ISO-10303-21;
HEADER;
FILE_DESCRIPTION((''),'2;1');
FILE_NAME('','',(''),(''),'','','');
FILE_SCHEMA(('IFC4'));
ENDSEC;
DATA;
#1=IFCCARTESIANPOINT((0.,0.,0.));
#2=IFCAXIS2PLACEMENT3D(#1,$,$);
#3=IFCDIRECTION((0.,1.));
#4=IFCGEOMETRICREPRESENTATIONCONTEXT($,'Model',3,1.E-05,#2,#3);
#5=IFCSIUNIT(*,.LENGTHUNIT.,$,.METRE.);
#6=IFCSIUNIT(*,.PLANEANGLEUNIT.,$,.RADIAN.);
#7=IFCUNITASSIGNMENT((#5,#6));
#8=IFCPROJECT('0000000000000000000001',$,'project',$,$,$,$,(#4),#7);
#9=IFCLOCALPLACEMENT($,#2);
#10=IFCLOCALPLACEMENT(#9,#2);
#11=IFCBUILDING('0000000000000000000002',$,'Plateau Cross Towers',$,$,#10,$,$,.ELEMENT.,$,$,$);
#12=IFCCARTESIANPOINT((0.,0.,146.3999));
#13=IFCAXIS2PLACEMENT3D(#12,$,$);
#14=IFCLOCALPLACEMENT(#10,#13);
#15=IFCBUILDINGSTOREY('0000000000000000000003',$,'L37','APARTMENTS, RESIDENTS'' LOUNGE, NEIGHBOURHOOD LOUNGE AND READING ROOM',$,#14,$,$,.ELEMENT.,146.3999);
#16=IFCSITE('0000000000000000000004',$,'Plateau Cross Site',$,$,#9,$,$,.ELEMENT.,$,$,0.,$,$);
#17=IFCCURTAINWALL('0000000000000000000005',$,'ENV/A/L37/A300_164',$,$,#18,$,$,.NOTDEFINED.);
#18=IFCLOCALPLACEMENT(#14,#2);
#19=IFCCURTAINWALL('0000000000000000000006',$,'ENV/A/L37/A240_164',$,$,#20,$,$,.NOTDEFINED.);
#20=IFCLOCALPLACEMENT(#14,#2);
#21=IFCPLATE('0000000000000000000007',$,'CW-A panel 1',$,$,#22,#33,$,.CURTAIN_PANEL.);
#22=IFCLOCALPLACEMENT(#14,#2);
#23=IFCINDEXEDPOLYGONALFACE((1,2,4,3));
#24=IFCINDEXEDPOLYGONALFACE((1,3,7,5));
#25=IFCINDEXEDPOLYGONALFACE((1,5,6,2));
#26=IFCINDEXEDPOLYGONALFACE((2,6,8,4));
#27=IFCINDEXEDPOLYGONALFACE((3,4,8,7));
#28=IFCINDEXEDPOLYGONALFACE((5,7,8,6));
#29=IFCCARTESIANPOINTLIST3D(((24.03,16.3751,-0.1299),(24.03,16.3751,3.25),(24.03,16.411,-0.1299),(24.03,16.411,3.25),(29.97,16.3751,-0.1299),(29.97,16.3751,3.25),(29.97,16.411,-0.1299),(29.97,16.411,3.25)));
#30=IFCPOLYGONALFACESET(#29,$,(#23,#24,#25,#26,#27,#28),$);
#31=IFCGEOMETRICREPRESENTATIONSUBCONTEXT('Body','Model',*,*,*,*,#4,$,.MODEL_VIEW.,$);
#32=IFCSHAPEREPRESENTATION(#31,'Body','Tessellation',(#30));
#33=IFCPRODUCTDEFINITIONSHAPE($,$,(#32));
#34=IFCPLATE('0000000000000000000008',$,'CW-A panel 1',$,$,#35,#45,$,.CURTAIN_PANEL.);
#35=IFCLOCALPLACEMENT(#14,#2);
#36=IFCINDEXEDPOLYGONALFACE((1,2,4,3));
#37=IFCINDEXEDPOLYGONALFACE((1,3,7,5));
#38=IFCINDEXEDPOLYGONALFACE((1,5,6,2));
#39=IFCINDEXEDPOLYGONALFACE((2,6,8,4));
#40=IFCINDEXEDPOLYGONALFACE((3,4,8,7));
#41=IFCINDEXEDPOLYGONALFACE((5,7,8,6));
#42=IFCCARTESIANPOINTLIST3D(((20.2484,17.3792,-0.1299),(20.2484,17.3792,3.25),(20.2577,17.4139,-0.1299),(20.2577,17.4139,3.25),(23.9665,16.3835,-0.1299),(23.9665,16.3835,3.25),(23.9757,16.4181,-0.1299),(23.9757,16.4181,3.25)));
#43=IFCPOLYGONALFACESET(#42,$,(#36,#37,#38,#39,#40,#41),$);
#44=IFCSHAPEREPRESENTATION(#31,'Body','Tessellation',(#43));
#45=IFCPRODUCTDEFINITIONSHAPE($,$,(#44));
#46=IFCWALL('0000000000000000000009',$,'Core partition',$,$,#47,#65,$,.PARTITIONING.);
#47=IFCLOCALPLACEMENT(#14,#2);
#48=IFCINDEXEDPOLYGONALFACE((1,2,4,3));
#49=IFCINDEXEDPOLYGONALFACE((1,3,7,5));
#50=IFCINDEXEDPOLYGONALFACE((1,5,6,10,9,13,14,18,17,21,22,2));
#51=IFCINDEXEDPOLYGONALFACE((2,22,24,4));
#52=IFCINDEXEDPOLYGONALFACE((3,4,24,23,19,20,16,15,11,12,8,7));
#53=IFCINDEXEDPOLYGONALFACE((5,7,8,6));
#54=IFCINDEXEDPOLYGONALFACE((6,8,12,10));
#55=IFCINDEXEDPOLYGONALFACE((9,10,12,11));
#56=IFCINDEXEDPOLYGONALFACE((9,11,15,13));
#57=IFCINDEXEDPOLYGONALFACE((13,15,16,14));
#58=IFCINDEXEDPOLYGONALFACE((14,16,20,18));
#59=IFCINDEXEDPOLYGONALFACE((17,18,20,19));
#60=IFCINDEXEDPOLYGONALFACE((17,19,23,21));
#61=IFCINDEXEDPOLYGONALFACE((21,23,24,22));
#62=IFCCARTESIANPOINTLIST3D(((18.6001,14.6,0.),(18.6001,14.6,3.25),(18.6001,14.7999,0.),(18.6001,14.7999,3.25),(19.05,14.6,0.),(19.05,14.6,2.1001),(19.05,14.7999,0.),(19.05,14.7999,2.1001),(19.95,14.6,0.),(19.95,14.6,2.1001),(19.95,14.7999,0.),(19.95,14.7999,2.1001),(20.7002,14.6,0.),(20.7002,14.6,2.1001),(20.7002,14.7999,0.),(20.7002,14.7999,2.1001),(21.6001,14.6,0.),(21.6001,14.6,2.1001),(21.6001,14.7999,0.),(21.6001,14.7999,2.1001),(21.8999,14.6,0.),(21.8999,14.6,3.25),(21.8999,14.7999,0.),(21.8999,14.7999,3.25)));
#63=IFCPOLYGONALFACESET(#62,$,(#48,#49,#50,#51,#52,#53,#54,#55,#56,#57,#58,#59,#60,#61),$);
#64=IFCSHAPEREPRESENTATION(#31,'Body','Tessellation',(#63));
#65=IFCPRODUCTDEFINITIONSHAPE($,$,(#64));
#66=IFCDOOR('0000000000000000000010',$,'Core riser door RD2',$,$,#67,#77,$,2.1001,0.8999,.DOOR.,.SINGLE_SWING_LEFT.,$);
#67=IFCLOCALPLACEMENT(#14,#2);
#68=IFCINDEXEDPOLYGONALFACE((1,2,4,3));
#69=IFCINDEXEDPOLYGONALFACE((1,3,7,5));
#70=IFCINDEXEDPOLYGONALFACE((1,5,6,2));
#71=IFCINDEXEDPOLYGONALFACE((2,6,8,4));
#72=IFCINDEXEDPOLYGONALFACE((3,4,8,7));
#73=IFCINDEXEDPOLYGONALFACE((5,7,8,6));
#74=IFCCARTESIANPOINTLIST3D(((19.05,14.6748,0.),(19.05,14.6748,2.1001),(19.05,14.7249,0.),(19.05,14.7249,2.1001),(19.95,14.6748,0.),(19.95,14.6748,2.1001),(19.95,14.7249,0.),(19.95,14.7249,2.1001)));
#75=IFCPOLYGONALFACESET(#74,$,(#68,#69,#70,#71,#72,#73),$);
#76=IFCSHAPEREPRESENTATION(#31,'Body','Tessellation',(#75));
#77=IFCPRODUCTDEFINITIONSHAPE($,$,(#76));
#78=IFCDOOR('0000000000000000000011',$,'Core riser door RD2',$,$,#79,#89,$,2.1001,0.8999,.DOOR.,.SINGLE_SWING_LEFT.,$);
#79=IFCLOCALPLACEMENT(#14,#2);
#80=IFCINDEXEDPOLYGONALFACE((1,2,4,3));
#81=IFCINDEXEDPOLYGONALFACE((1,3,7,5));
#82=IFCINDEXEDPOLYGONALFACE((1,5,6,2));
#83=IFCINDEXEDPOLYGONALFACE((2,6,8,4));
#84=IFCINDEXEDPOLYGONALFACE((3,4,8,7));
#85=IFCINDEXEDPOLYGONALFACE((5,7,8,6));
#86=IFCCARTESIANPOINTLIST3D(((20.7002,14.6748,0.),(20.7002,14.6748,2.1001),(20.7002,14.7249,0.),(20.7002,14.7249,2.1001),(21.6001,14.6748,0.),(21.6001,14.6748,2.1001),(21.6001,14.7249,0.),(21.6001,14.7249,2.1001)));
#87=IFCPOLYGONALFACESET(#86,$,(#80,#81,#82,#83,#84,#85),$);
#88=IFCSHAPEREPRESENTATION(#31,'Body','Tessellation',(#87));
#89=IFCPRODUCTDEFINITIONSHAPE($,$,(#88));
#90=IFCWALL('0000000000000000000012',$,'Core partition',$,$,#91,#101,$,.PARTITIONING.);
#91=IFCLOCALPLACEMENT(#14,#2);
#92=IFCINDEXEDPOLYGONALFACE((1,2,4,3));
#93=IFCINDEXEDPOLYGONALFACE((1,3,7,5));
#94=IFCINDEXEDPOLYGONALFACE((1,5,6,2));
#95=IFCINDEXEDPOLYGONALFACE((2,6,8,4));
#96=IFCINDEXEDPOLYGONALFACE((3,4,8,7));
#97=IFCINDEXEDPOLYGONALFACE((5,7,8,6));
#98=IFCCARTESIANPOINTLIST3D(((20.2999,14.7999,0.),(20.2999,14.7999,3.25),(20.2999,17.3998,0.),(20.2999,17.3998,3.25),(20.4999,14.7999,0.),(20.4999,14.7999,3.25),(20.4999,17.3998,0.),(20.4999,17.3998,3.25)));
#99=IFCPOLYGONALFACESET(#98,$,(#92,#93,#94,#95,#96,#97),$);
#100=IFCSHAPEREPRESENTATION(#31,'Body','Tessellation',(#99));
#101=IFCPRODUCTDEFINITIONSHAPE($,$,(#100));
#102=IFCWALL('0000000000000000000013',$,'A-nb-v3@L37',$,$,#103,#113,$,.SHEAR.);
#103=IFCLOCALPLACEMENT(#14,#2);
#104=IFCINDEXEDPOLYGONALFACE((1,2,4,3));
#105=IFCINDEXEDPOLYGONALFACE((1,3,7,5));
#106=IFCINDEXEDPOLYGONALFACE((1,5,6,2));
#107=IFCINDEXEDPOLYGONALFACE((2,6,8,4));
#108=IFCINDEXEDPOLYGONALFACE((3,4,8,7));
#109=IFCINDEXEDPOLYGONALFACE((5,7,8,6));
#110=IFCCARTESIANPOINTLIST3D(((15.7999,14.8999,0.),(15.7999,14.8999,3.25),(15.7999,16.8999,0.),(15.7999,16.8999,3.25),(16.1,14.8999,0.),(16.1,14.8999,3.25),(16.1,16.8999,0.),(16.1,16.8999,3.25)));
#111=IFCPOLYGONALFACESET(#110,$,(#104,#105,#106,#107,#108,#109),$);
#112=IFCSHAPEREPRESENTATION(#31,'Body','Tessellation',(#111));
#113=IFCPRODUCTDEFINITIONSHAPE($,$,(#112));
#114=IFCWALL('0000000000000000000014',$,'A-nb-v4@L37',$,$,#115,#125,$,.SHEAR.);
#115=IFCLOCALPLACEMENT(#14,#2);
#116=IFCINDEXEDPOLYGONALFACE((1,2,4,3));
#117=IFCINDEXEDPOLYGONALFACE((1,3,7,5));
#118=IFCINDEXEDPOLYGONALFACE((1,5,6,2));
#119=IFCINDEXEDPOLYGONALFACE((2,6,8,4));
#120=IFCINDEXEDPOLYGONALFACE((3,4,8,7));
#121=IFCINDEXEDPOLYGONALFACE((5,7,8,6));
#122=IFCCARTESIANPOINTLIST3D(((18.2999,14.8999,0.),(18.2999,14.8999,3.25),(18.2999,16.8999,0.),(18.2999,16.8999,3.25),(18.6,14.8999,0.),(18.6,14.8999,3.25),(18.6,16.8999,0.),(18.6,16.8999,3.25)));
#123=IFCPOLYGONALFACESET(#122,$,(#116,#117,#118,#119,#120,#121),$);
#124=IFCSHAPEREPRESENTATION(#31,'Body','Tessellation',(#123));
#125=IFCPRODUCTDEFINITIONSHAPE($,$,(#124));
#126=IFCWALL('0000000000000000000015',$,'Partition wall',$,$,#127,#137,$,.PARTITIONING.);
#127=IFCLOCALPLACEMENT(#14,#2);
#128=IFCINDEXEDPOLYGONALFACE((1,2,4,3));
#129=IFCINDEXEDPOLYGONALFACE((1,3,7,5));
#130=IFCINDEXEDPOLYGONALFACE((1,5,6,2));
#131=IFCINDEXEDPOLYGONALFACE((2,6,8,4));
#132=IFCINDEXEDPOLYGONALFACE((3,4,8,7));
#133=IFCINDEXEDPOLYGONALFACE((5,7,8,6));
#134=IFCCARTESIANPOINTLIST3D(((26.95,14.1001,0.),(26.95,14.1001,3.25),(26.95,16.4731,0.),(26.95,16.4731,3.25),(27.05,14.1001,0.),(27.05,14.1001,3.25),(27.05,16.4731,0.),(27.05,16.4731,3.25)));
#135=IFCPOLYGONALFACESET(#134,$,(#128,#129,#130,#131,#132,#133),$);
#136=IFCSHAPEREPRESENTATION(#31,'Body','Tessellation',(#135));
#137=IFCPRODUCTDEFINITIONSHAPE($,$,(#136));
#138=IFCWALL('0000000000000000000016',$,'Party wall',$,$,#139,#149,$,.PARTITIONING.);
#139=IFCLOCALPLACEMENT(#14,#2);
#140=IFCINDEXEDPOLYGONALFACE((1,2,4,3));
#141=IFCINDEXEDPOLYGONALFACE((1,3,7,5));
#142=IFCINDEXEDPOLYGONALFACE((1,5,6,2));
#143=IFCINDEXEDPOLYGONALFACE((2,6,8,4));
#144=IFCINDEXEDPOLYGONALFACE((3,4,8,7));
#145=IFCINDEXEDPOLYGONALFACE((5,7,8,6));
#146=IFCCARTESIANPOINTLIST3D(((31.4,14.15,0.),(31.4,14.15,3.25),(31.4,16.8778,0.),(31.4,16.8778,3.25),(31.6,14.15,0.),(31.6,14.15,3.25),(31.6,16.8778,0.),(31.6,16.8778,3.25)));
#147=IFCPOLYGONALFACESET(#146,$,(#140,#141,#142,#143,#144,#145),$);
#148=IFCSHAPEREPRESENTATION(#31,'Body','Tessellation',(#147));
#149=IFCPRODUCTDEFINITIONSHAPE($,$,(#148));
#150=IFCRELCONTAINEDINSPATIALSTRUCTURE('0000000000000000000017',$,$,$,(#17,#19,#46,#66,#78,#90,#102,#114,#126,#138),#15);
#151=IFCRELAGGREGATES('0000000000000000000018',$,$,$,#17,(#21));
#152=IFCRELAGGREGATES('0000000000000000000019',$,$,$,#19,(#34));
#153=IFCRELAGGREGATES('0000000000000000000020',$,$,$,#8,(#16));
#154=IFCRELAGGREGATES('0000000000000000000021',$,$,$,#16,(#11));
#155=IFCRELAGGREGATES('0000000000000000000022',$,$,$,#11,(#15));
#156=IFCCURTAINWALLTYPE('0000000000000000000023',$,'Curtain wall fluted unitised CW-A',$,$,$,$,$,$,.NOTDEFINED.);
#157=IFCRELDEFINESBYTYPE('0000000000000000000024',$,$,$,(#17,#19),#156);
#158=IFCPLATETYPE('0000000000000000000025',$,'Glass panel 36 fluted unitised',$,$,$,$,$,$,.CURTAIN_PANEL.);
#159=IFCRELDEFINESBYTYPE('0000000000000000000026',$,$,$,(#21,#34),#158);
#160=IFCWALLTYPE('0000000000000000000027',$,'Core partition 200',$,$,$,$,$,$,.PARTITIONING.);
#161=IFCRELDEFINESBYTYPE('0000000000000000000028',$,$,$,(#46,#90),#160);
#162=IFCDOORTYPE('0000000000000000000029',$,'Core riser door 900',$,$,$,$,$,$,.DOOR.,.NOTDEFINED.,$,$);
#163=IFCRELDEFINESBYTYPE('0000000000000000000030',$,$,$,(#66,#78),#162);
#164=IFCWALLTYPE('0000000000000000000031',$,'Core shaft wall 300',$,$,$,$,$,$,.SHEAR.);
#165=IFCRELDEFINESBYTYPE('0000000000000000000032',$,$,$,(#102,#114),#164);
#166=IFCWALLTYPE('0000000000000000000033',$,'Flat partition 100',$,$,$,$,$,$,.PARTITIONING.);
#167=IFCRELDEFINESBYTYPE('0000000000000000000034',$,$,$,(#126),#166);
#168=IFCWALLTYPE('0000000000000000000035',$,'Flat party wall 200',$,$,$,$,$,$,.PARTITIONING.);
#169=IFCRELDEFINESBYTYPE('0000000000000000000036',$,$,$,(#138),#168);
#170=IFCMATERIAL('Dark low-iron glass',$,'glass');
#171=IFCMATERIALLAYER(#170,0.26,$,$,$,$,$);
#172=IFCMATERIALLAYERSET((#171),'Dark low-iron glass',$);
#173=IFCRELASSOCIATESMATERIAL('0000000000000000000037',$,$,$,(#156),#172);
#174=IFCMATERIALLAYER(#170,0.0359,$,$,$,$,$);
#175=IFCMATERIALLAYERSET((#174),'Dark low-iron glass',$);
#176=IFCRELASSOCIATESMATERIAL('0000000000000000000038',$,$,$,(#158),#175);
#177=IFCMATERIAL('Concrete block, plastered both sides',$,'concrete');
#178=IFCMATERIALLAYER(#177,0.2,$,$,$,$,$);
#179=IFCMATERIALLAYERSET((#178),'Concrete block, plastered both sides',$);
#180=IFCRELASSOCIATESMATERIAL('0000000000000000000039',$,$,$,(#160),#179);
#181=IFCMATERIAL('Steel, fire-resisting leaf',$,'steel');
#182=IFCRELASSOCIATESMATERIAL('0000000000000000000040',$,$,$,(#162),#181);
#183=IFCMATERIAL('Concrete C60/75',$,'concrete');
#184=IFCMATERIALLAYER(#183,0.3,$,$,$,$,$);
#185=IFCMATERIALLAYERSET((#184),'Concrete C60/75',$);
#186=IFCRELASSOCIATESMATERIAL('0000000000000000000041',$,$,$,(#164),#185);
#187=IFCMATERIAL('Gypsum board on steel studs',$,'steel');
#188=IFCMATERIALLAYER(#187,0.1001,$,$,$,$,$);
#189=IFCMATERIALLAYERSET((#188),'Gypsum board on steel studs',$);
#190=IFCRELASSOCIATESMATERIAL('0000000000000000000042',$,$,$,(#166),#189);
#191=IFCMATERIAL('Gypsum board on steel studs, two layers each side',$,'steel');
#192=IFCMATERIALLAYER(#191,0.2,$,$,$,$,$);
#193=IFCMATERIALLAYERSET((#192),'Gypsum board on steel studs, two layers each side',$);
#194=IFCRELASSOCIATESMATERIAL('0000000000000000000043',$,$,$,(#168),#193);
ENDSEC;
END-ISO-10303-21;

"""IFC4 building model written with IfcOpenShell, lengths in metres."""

from ifc_helpers import new_model, si_unit, direction, frame, frame_2d, origin, origin_2d, place, context, subcontext, project, spatial, rectangle, extrude, material, layer, layer_set, type_object, element, fill, aggregate, save


model = new_model("IFC4")

# Units and contexts
model_context = context("Model", 3, precision=1e-05, world=origin(), true_north=direction((0.0, 1.0)))
body_context = subcontext(model_context, "Body", "Model", "MODEL_VIEW")
ifc_project = project(units=[si_unit("LENGTHUNIT", "METRE"), si_unit("PLANEANGLEUNIT", "RADIAN")], contexts=[model_context])

# Site, building, storey
site_placement = place(None, origin())
site = spatial("IfcSite", under=ifc_project, at=site_placement, Name="Plateau Cross Site", CompositionType="ELEMENT", RefElevation=0.0)
building_placement = place(site_placement, origin())
building = spatial("IfcBuilding", under=site, at=building_placement, Name="Plateau Cross Towers", CompositionType="ELEMENT")
storey_placement = place(building_placement, frame((0.0, 0.0, 146.3999)))
storey = spatial("IfcBuildingStorey", under=building, at=storey_placement, Name="L37", Description="APARTMENTS, RESIDENTS' LOUNGE, NEIGHBOURHOOD LOUNGE AND READING ROOM", CompositionType="ELEMENT", Elevation=146.3999)

# Shared definitions
ifc_material_1 = material(Name="Concrete C60/75", Category="concrete")

# Curtain walls
ifc_material_2 = material(Name="Dark low-iron glass", Category="glass")
ifc_layer_1 = layer(ifc_material_2, 0.26)
ifc_layer_set_1 = layer_set([ifc_layer_1], Name="Dark low-iron glass")
curtain_wall_type_1 = type_object("IfcCurtainWallType", Name="Curtain wall fluted unitised CW-A", PredefinedType="NOTDEFINED", material=ifc_layer_set_1)
curtain_wall_1_placement = place(storey_placement, origin())
curtain_wall_1 = element("IfcCurtainWall", 1, at=curtain_wall_1_placement, inside=storey, type_object=curtain_wall_type_1, Name="ENV/A/L37/A300_164", PredefinedType="NOTDEFINED")
curtain_wall_2_placement = place(storey_placement, origin())
curtain_wall_2 = element("IfcCurtainWall", 2, at=curtain_wall_2_placement, inside=storey, type_object=curtain_wall_type_1, Name="ENV/A/L37/A240_164", PredefinedType="NOTDEFINED")

# Plates
ifc_layer_2 = layer(ifc_material_2, 0.0359)
ifc_layer_set_2 = layer_set([ifc_layer_2], Name="Dark low-iron glass")
plate_type_1 = type_object("IfcPlateType", Name="Glass panel 36 fluted unitised", PredefinedType="CURTAIN_PANEL", material=ifc_layer_set_2)
plate_1_placement = place(storey_placement, frame((27.0, 16.3931, -0.1299), z_axis=(0.0, 0.0, 1.0), x_axis=(-1.0, 0.0, 0.0)))
plate_1 = element("IfcPlate", 3, at=plate_1_placement, type_object=plate_type_1, Name="CW-A panel 1", PredefinedType="CURTAIN_PANEL", context=body_context, shape_type="SweptSolid", body=[
    extrude(rectangle(XDim=5.9399, YDim=0.0359, at=origin_2d()), origin(), (0.0, 0.0, 1.0), 3.3799),
])
aggregate(curtain_wall_1, [plate_1])
plate_2_placement = place(storey_placement, frame((22.1121, 16.8987, -0.1299), z_axis=(0.0, 0.0, 1.0), x_axis=(-0.965958, 0.258699, 0.0)))
plate_2 = element("IfcPlate", 4, at=plate_2_placement, type_object=plate_type_1, Name="CW-A panel 1", PredefinedType="CURTAIN_PANEL", context=body_context, shape_type="SweptSolid", body=[
    extrude(rectangle(XDim=3.8491, YDim=0.0359, at=origin_2d()), origin(), (0.0, 0.0, 1.0), 3.3799),
])
aggregate(curtain_wall_2, [plate_2])

# Wall, openings, doors
ifc_material_3 = material(Name="Concrete block, plastered both sides", Category="concrete")
ifc_layer_3 = layer(ifc_material_3, 0.2)
ifc_layer_set_3 = layer_set([ifc_layer_3], Name="Concrete block, plastered both sides")
wall_type_1 = type_object("IfcWallType", Name="Core partition 200", PredefinedType="PARTITIONING", material=ifc_layer_set_3)
wall_1_placement = place(storey_placement, frame((18.6001, 14.7, 0.0), z_axis=(0.0, 0.0, 1.0), x_axis=(1.0, 0.0, 0.0)))
wall_1 = element("IfcWall", 5, at=wall_1_placement, inside=storey, type_object=wall_type_1, Name="Core partition", PredefinedType="PARTITIONING", context=body_context, shape_type="SweptSolid", body=[
    extrude(rectangle(XDim=3.2998, YDim=0.2, at=frame_2d((1.6499, 0.0))), origin(), (0.0, 0.0, 1.0), 3.25),
])
opening_1_placement = place(wall_1_placement, frame((0.45, 0.0, 0.0)))
opening_1 = element("IfcOpeningElement", 6, at=opening_1_placement, cuts=wall_1, PredefinedType="OPENING", context=body_context, shape_type="SweptSolid", body=[
    extrude(rectangle(XDim=0.8999, YDim=2.1001, at=frame_2d((0.45, 1.05))), frame((0.0, 0.1099, 0.0), z_axis=(0.0, -1.0, 0.0), x_axis=(1.0, 0.0, 0.0)), (0.0, 0.0, 1.0), 0.22),
])
opening_2_placement = place(wall_1_placement, frame((2.1001, 0.0, 0.0)))
opening_2 = element("IfcOpeningElement", 7, at=opening_2_placement, cuts=wall_1, PredefinedType="OPENING", context=body_context, shape_type="SweptSolid", body=[
    extrude(rectangle(XDim=0.8999, YDim=2.1001, at=frame_2d((0.45, 1.05))), frame((0.0, 0.1099, 0.0), z_axis=(0.0, -1.0, 0.0), x_axis=(1.0, 0.0, 0.0)), (0.0, 0.0, 1.0), 0.22),
])
ifc_material_4 = material(Name="Steel, fire-resisting leaf", Category="steel")
door_type = type_object("IfcDoorType", Name="Core riser door 900", OperationType="NOTDEFINED", PredefinedType="DOOR", material=ifc_material_4)
door_1_placement = place(opening_1_placement, origin())
door_1 = element("IfcDoor", 8, at=door_1_placement, inside=storey, type_object=door_type, Name="Core riser door RD2", OperationType="SINGLE_SWING_LEFT", OverallHeight=2.1001, OverallWidth=0.8999, PredefinedType="DOOR", context=body_context, shape_type="SweptSolid", body=[
    extrude(rectangle(XDim=0.8999, YDim=2.1001, at=frame_2d((0.45, 1.05))), frame((0.0, 0.0249, 0.0), z_axis=(0.0, -1.0, 0.0), x_axis=(1.0, 0.0, 0.0)), (0.0, 0.0, 1.0), 0.05),
])
fill(opening_1, door_1)
door_2_placement = place(opening_2_placement, origin())
door_2 = element("IfcDoor", 9, at=door_2_placement, inside=storey, type_object=door_type, Name="Core riser door RD2", OperationType="SINGLE_SWING_LEFT", OverallHeight=2.1001, OverallWidth=0.8999, PredefinedType="DOOR", context=body_context, shape_type="SweptSolid", body=[
    extrude(rectangle(XDim=0.8999, YDim=2.1001, at=frame_2d((0.45, 1.05))), frame((0.0, 0.0249, 0.0), z_axis=(0.0, -1.0, 0.0), x_axis=(1.0, 0.0, 0.0)), (0.0, 0.0, 1.0), 0.05),
])
fill(opening_2, door_2)

# Walls
wall_2_placement = place(storey_placement, frame((20.3999, 14.8, 0.0), z_axis=(0.0, 0.0, 1.0), x_axis=(0.0, 1.0, 0.0)))
element("IfcWall", 10, at=wall_2_placement, inside=storey, type_object=wall_type_1, Name="Core partition", PredefinedType="PARTITIONING", context=body_context, shape_type="SweptSolid", body=[
    extrude(rectangle(XDim=2.5999, YDim=0.2, at=frame_2d((1.2998, 0.0))), origin(), (0.0, 0.0, 1.0), 3.25),
])
ifc_layer_4 = layer(ifc_material_1, 0.3)
ifc_layer_set_4 = layer_set([ifc_layer_4], Name="Concrete C60/75")
wall_type_2 = type_object("IfcWallType", Name="Core shaft wall 300", PredefinedType="SHEAR", material=ifc_layer_set_4)
for number, where, z_axis, x_axis, name in (
    (11, (15.95, 14.8999, 0.0), (0.0, 0.0, 1.0), (0.0, 1.0, 0.0), "A-nb-v3@L37"),
    (12, (18.45, 14.8999, 0.0), (0.0, 0.0, 1.0), (0.0, 1.0, 0.0), "A-nb-v4@L37"),
):
    element("IfcWall", number, at=place(storey_placement, frame(where, z_axis=z_axis, x_axis=x_axis)), inside=storey, type_object=wall_type_2, Name=name, PredefinedType="SHEAR", context=body_context, shape_type="SweptSolid", body=[
        extrude(rectangle(XDim=2.0, YDim=0.3, at=frame_2d((1.0, 0.0))), origin(), (0.0, 0.0, 1.0), 3.25),
    ])
ifc_material_5 = material(Name="Gypsum board on steel studs", Category="steel")
ifc_layer_5 = layer(ifc_material_5, 0.1001)
ifc_layer_set_5 = layer_set([ifc_layer_5], Name="Gypsum board on steel studs")
wall_type_3 = type_object("IfcWallType", Name="Flat partition 100", PredefinedType="PARTITIONING", material=ifc_layer_set_5)
wall_3_placement = place(storey_placement, frame((27.0, 14.1001, 0.0), z_axis=(0.0, 0.0, 1.0), x_axis=(0.0, 1.0, 0.0)))
element("IfcWall", 13, at=wall_3_placement, inside=storey, type_object=wall_type_3, Name="Partition wall", PredefinedType="PARTITIONING", context=body_context, shape_type="SweptSolid", body=[
    extrude(rectangle(XDim=2.373, YDim=0.1001, at=frame_2d((1.1865, 0.0))), origin(), (0.0, 0.0, 1.0), 3.25),
])
ifc_material_6 = material(Name="Gypsum board on steel studs, two layers each side", Category="steel")
ifc_layer_6 = layer(ifc_material_6, 0.2)
ifc_layer_set_6 = layer_set([ifc_layer_6], Name="Gypsum board on steel studs, two layers each side")
wall_type_4 = type_object("IfcWallType", Name="Flat party wall 200", PredefinedType="PARTITIONING", material=ifc_layer_set_6)
wall_4_placement = place(storey_placement, frame((31.5, 16.8777, 0.0), z_axis=(0.0, 0.0, 1.0), x_axis=(0.0, -1.0, 0.0)))
element("IfcWall", 14, at=wall_4_placement, inside=storey, type_object=wall_type_4, Name="Party wall", PredefinedType="PARTITIONING", context=body_context, shape_type="SweptSolid", body=[
    extrude(rectangle(XDim=2.7278, YDim=0.2, at=frame_2d((1.3638, 0.0))), origin(), (0.0, 0.0, 1.0), 3.25),
])

save(model, "model.ifc")
